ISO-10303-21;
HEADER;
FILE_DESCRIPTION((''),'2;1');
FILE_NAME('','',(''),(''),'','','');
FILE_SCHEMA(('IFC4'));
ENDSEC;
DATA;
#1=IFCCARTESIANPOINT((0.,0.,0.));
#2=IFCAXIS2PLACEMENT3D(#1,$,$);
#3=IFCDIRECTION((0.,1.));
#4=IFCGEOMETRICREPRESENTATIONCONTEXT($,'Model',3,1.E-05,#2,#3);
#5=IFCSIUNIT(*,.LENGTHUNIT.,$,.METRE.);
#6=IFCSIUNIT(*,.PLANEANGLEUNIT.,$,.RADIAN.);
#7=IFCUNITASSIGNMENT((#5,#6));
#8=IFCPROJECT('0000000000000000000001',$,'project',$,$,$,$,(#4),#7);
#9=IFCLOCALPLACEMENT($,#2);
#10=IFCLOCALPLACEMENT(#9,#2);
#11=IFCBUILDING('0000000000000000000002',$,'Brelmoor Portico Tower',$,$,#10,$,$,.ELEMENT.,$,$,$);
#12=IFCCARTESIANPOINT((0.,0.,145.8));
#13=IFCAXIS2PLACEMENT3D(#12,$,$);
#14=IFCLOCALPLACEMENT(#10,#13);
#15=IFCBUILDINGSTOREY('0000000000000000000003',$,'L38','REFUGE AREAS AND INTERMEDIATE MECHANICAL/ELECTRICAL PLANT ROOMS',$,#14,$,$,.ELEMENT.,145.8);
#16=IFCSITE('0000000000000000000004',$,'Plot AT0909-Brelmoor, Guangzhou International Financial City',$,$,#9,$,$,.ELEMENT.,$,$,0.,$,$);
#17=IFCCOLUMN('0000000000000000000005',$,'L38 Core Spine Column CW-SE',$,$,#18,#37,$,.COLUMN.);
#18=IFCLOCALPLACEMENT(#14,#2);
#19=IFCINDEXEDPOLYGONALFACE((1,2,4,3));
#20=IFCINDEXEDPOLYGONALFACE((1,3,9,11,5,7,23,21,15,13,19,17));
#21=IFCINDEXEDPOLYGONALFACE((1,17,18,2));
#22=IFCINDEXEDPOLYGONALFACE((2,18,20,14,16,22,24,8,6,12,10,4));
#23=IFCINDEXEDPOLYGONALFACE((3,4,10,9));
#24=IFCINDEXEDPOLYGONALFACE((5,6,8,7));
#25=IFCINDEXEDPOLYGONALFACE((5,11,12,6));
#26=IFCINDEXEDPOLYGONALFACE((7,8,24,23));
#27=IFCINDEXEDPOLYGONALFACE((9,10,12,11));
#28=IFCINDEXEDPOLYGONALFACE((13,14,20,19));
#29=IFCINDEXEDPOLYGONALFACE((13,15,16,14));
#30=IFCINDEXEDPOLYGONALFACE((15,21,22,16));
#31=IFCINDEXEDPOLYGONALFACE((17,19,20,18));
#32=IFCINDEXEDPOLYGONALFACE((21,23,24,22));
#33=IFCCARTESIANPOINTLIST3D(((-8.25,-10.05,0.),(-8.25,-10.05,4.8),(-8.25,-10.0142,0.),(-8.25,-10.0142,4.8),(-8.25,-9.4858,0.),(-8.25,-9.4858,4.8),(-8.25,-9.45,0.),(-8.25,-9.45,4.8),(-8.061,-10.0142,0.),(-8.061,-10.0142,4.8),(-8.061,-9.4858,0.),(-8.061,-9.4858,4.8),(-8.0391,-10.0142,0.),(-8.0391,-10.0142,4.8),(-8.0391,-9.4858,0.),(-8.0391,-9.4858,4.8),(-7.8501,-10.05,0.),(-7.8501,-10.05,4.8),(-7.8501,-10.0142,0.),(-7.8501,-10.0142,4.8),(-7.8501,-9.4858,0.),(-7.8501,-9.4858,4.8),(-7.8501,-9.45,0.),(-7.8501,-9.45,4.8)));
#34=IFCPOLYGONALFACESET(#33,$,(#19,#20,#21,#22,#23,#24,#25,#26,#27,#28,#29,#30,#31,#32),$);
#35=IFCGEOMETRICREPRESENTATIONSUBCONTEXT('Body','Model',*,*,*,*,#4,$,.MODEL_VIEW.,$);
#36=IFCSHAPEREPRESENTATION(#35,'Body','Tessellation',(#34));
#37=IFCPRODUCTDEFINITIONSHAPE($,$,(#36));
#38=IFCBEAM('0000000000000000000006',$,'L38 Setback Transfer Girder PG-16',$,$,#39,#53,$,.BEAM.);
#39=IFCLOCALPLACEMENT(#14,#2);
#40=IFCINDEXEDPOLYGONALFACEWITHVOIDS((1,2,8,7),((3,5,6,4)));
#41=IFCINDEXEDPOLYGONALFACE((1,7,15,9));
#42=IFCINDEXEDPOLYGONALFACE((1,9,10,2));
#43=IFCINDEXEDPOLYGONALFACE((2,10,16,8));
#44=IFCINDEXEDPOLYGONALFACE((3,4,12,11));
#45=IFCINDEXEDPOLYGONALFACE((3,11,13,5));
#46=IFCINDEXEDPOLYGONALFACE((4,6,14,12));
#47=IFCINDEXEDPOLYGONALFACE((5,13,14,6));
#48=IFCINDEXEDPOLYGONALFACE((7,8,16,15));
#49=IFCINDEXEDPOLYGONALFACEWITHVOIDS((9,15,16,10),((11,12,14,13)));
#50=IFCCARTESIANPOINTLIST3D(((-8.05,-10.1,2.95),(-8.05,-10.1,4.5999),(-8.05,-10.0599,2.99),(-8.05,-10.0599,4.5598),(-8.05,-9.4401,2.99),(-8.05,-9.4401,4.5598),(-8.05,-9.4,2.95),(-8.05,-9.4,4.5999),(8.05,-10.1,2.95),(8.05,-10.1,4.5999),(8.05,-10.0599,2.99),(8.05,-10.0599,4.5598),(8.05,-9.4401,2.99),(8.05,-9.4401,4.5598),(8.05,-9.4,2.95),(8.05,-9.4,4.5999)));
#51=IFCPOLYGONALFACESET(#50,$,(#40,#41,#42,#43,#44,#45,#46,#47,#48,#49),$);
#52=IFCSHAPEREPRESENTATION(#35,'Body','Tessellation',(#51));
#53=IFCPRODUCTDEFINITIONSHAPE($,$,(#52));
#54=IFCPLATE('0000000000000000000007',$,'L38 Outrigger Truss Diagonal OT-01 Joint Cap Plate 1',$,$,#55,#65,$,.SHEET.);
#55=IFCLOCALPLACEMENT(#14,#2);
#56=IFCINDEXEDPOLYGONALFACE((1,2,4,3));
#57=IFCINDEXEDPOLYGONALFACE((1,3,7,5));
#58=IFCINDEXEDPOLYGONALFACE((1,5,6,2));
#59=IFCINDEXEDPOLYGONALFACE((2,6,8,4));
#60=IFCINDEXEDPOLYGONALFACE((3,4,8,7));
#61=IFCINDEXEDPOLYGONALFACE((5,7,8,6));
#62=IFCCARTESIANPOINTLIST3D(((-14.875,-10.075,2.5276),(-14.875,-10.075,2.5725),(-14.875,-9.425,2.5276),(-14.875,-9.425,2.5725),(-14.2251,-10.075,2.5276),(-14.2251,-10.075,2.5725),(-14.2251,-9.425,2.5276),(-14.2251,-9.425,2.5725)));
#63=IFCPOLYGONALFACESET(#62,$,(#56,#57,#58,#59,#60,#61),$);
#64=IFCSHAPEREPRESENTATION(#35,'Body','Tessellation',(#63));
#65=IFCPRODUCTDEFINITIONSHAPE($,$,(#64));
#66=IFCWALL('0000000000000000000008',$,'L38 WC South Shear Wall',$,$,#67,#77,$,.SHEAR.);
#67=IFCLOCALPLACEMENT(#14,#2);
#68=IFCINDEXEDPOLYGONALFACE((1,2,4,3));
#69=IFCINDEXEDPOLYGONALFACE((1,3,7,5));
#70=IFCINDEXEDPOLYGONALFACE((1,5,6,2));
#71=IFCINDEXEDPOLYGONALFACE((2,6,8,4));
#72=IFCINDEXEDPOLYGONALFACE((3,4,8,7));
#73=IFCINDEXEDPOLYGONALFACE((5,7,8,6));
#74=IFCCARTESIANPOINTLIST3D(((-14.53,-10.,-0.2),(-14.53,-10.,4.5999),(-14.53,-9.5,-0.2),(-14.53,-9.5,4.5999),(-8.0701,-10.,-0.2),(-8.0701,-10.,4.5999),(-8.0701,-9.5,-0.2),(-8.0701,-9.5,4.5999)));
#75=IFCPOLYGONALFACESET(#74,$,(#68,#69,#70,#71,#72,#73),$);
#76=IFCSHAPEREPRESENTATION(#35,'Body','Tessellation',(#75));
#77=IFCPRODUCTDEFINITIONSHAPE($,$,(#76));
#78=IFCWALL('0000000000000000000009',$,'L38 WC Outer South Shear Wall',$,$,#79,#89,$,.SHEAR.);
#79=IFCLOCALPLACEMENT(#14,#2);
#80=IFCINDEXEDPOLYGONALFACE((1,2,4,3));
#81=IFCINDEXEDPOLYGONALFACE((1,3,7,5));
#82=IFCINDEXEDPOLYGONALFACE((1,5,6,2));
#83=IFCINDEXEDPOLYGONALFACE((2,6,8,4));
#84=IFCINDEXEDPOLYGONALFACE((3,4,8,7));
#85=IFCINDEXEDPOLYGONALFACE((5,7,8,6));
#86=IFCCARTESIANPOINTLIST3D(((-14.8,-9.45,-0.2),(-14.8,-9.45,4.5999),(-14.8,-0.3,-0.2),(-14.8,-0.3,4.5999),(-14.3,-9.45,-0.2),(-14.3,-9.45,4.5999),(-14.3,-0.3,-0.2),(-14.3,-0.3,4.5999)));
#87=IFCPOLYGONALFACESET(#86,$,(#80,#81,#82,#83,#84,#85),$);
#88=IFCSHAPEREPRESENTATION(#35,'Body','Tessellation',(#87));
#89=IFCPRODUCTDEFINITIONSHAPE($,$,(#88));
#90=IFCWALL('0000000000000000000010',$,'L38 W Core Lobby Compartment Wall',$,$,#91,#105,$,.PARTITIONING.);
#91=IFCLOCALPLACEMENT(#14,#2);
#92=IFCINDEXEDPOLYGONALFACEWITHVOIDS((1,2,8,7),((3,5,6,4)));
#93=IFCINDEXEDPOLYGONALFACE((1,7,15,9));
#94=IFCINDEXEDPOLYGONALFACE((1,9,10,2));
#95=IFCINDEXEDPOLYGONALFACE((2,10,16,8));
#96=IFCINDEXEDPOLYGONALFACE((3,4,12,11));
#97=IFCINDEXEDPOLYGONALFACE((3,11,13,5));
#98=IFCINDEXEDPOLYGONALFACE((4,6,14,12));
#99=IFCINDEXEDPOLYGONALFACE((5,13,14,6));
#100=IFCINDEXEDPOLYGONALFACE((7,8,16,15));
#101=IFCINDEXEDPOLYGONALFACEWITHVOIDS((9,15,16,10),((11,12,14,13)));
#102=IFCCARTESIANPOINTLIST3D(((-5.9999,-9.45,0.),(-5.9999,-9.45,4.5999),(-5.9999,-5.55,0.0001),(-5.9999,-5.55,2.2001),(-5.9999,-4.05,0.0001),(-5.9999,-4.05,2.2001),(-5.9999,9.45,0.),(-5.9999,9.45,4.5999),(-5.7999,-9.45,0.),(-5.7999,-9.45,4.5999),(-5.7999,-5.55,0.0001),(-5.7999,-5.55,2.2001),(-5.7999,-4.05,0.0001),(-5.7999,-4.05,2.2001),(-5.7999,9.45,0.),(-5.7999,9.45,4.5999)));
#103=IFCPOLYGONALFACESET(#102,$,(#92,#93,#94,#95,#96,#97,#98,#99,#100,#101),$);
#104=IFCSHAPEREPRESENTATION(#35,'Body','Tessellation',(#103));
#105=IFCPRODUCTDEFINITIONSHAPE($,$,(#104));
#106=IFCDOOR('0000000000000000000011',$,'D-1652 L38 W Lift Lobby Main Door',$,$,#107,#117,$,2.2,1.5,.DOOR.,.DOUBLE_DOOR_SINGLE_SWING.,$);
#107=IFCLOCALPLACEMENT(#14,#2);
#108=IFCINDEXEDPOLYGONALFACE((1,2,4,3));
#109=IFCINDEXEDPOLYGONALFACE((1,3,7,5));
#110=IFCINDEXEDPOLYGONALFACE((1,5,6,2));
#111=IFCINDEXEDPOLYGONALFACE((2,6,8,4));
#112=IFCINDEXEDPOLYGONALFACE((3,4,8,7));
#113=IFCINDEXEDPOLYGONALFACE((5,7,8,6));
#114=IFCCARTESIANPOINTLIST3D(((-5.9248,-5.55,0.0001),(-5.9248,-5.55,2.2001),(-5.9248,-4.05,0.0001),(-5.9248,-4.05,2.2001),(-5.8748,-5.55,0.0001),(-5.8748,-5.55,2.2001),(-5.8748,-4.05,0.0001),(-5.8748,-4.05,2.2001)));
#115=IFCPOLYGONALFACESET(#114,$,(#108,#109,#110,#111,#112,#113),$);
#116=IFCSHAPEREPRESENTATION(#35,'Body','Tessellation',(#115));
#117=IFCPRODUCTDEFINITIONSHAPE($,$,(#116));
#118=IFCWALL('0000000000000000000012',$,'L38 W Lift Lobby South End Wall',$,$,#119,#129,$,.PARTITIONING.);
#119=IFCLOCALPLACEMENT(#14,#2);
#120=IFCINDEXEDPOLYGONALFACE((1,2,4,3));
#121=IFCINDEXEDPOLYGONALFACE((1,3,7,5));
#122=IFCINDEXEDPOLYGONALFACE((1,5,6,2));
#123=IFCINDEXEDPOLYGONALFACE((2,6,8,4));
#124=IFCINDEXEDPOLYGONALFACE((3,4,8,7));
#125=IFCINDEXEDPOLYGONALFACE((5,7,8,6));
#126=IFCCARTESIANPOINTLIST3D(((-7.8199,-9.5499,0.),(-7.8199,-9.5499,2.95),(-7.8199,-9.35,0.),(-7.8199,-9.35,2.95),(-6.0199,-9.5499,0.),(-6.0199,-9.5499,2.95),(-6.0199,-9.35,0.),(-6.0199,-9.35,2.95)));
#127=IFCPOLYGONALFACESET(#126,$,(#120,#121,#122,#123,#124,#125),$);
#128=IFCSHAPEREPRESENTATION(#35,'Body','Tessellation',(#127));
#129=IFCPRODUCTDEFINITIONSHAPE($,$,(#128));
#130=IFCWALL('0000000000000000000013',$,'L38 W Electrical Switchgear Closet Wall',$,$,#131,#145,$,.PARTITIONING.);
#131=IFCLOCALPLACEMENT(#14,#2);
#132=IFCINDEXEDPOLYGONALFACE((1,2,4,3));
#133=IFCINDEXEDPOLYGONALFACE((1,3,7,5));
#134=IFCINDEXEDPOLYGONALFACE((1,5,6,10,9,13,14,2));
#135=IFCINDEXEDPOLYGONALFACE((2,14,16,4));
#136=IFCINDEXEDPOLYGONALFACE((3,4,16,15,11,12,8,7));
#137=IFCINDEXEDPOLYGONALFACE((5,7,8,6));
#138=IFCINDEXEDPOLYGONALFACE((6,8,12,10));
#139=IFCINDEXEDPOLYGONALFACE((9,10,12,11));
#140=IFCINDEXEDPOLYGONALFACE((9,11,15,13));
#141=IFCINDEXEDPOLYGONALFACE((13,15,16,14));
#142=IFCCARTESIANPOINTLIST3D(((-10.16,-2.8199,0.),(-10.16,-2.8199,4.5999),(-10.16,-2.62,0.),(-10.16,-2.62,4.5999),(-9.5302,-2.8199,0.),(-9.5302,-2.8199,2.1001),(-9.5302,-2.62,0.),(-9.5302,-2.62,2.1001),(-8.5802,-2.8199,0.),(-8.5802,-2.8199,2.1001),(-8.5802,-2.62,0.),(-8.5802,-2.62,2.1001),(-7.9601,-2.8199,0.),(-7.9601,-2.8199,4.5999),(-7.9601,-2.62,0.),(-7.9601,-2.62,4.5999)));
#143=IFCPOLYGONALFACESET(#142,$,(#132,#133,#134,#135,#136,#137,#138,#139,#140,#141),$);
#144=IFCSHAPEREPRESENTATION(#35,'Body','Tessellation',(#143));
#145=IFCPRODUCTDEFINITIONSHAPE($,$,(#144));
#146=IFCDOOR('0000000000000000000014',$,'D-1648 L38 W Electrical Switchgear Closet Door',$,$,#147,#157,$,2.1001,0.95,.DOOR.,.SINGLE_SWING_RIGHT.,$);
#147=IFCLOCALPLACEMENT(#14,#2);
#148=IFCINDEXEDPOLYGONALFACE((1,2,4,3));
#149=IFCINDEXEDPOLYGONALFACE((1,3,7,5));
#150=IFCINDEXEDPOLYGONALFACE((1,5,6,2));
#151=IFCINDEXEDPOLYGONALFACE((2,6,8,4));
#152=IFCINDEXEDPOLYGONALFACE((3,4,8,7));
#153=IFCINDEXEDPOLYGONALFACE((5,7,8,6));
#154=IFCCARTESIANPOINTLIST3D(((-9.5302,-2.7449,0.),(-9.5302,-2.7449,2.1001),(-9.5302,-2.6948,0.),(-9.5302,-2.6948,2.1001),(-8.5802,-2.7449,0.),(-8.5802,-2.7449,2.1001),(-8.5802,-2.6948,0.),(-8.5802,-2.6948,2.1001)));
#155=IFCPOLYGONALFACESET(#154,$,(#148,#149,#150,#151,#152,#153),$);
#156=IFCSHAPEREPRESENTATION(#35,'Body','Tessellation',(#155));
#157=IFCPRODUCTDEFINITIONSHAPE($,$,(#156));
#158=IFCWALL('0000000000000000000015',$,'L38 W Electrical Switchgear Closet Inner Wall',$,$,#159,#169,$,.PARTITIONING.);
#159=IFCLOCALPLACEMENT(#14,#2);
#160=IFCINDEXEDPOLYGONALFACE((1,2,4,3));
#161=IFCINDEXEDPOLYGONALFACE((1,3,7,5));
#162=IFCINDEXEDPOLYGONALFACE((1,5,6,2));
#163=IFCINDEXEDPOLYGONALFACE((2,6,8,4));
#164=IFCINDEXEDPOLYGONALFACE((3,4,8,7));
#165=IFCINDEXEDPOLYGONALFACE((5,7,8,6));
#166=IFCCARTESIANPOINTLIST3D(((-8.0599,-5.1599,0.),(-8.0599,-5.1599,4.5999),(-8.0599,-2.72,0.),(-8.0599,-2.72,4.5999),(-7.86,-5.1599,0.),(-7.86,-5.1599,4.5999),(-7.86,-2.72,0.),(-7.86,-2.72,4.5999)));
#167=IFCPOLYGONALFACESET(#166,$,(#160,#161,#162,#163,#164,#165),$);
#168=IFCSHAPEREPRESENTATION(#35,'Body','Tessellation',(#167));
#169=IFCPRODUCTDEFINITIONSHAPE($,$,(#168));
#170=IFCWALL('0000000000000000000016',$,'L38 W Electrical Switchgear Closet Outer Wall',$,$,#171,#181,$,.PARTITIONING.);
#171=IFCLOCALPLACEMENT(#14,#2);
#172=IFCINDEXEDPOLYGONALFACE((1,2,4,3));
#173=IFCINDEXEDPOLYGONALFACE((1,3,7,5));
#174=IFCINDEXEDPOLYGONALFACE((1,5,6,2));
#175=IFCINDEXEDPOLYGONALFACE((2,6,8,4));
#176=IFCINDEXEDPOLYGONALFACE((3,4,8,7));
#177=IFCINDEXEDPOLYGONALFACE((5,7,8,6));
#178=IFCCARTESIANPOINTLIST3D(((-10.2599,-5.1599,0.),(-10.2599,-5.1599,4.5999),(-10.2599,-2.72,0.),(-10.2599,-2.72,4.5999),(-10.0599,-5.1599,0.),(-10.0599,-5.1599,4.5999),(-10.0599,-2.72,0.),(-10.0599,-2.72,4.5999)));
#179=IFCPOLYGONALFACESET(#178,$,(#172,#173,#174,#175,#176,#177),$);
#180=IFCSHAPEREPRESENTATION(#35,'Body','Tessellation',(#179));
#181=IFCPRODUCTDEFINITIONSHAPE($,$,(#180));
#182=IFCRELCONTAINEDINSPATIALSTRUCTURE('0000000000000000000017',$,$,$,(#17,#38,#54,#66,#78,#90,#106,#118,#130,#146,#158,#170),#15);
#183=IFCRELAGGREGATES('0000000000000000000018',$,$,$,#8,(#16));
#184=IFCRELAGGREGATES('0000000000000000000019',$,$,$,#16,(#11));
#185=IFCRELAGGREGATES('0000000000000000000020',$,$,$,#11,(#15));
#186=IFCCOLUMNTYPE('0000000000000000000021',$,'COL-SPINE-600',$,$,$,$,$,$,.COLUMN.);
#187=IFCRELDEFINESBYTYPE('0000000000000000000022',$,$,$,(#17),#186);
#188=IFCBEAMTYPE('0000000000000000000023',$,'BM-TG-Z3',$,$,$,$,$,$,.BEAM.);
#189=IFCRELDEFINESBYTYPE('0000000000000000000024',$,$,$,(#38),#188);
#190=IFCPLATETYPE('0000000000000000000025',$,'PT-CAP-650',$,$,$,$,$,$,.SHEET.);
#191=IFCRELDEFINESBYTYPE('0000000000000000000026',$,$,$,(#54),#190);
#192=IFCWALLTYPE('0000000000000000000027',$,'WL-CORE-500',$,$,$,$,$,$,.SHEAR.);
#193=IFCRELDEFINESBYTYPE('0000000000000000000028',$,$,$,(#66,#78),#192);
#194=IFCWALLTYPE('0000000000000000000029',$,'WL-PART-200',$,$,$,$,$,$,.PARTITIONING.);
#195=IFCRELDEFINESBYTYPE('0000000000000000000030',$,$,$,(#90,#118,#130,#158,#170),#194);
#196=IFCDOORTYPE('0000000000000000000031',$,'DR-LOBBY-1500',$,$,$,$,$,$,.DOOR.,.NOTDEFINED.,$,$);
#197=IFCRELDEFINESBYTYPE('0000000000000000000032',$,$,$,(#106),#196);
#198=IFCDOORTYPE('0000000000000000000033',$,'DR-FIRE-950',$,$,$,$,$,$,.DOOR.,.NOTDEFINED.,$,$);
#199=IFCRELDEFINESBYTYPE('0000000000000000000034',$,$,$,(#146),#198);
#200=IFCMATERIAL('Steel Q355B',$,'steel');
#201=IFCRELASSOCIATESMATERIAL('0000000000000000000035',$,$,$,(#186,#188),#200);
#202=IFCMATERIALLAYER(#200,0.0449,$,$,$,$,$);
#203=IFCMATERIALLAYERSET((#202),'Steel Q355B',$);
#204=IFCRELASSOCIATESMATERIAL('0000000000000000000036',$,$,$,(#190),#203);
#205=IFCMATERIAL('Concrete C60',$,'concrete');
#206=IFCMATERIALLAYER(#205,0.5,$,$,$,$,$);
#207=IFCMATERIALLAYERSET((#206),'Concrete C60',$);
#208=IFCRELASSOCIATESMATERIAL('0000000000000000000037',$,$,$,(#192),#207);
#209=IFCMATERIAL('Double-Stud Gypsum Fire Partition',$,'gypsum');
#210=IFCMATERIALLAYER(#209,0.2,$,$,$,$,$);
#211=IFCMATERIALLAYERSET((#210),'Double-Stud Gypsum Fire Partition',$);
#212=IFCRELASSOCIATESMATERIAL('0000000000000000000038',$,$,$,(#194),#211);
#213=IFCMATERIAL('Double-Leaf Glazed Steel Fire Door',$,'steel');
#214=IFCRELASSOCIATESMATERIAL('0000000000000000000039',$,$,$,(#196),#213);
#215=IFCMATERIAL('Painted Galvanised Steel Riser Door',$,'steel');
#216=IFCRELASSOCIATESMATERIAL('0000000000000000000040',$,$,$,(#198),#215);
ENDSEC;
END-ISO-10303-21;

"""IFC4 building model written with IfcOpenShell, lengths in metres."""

from ifc_helpers import new_model, si_unit, direction, frame, frame_2d, origin, origin_2d, place, context, subcontext, project, spatial, rectangle, hollow_rectangle, i_section, extrude, material, layer, layer_set, material_profile, profile_set, type_object, element, fill, save


model = new_model("IFC4")

# Units and contexts
model_context = context("Model", 3, precision=1e-05, world=origin(), true_north=direction((0.0, 1.0)))
body_context = subcontext(model_context, "Body", "Model", "MODEL_VIEW")
ifc_project = project(units=[si_unit("LENGTHUNIT", "METRE"), si_unit("PLANEANGLEUNIT", "RADIAN")], contexts=[model_context])

# Site, building, storey
site_placement = place(None, origin())
site = spatial("IfcSite", under=ifc_project, at=site_placement, Name="Plot AT0909-Brelmoor, Guangzhou International Financial City", CompositionType="ELEMENT", RefElevation=0.0)
building_placement = place(site_placement, origin())
building = spatial("IfcBuilding", under=site, at=building_placement, Name="Brelmoor Portico Tower", CompositionType="ELEMENT")
storey_placement = place(building_placement, frame((0.0, 0.0, 145.8)))
storey = spatial("IfcBuildingStorey", under=building, at=storey_placement, Name="L38", Description="REFUGE AREAS AND INTERMEDIATE MECHANICAL/ELECTRICAL PLANT ROOMS", CompositionType="ELEMENT", Elevation=145.8)

# Column
ifc_material_1 = material(Name="Steel Q355B", Category="steel")
ifc_material_profile_1 = material_profile(ifc_material_1, i_section(OverallWidth=0.3999, OverallDepth=0.6001, WebThickness=0.022, FlangeThickness=0.0359, at=origin_2d()), Name="HW 600x400x22x36")
ifc_profile_set_1 = profile_set([ifc_material_profile_1], Name="Steel Q355B")
column_type = type_object("IfcColumnType", Name="COL-SPINE-600", PredefinedType="COLUMN", material=ifc_profile_set_1)
column_placement = place(storey_placement, frame((-8.05, -9.75, 0.0), z_axis=(0.0, 0.0, 1.0), x_axis=(1.0, 0.0, 0.0)))
element("IfcColumn", 1, at=column_placement, inside=storey, type_object=column_type, Name="L38 Core Spine Column CW-SE", PredefinedType="COLUMN", context=body_context, shape_type="SweptSolid", body=[
    extrude(i_section(OverallWidth=0.3999, OverallDepth=0.6001, WebThickness=0.022, FlangeThickness=0.0359, at=origin_2d()), origin(), (0.0, 0.0, 1.0), 4.8),
])

# Beam
ifc_material_profile_2 = material_profile(ifc_material_1, hollow_rectangle(XDim=0.7, YDim=1.6499, WallThickness=0.04, at=origin_2d()), Name="BOX 700x1650x40")
ifc_profile_set_2 = profile_set([ifc_material_profile_2], Name="Steel Q355B")
beam_type = type_object("IfcBeamType", Name="BM-TG-Z3", PredefinedType="BEAM", material=ifc_profile_set_2)
beam_placement = place(storey_placement, frame((-8.05, -9.75, 3.7749), z_axis=(1.0, 0.0, 0.0), x_axis=(0.0, 1.0, 0.0)))
element("IfcBeam", 2, at=beam_placement, inside=storey, type_object=beam_type, Name="L38 Setback Transfer Girder PG-16", PredefinedType="BEAM", context=body_context, shape_type="SweptSolid", body=[
    extrude(hollow_rectangle(XDim=0.7, YDim=1.6499, WallThickness=0.04, at=origin_2d()), origin(), (0.0, 0.0, 1.0), 16.1001),
])

# Plate
ifc_layer_1 = layer(ifc_material_1, 0.0449)
ifc_layer_set_1 = layer_set([ifc_layer_1], Name="Steel Q355B")
plate_type = type_object("IfcPlateType", Name="PT-CAP-650", PredefinedType="SHEET", material=ifc_layer_set_1)
plate_placement = place(storey_placement, frame((-14.55, -9.75, 2.5276), z_axis=(0.0, 0.0, 1.0), x_axis=(1.0, 0.0, 0.0)))
element("IfcPlate", 3, at=plate_placement, inside=storey, type_object=plate_type, Name="L38 Outrigger Truss Diagonal OT-01 Joint Cap Plate 1", PredefinedType="SHEET", context=body_context, shape_type="SweptSolid", body=[
    extrude(rectangle(XDim=0.6499, YDim=0.6499, at=origin_2d()), origin(), (0.0, 0.0, 1.0), 0.0449),
])

# Walls
ifc_material_2 = material(Name="Concrete C60", Category="concrete")
ifc_layer_2 = layer(ifc_material_2, 0.5)
ifc_layer_set_2 = layer_set([ifc_layer_2], Name="Concrete C60")
wall_type_1 = type_object("IfcWallType", Name="WL-CORE-500", PredefinedType="SHEAR", material=ifc_layer_set_2)
wall_1_placement = place(storey_placement, frame((-14.53, -9.75, -0.2), z_axis=(0.0, 0.0, 1.0), x_axis=(1.0, 0.0, 0.0)))
element("IfcWall", 4, at=wall_1_placement, inside=storey, type_object=wall_type_1, Name="L38 WC South Shear Wall", PredefinedType="SHEAR", context=body_context, shape_type="SweptSolid", body=[
    extrude(rectangle(XDim=6.46, YDim=0.5, at=frame_2d((3.23, 0.0))), origin(), (0.0, 0.0, 1.0), 4.7998),
])
wall_2_placement = place(storey_placement, frame((-14.55, -9.45, -0.2), z_axis=(0.0, 0.0, 1.0), x_axis=(0.0, 1.0, 0.0)))
element("IfcWall", 5, at=wall_2_placement, inside=storey, type_object=wall_type_1, Name="L38 WC Outer South Shear Wall", PredefinedType="SHEAR", context=body_context, shape_type="SweptSolid", body=[
    extrude(rectangle(XDim=9.1499, YDim=0.5, at=frame_2d((4.575, 0.0))), origin(), (0.0, 0.0, 1.0), 4.7998),
])

# Wall, opening, door
ifc_material_3 = material(Name="Double-Stud Gypsum Fire Partition", Category="gypsum")
ifc_layer_3 = layer(ifc_material_3, 0.2)
ifc_layer_set_3 = layer_set([ifc_layer_3], Name="Double-Stud Gypsum Fire Partition")
wall_type_2 = type_object("IfcWallType", Name="WL-PART-200", PredefinedType="PARTITIONING", material=ifc_layer_set_3)
wall_3_placement = place(storey_placement, frame((-5.8999, -9.45, 0.0), z_axis=(0.0, 0.0, 1.0), x_axis=(0.0, 1.0, 0.0)))
wall_3 = element("IfcWall", 6, at=wall_3_placement, inside=storey, type_object=wall_type_2, Name="L38 W Core Lobby Compartment Wall", PredefinedType="PARTITIONING", context=body_context, shape_type="SweptSolid", body=[
    extrude(rectangle(XDim=18.8999, YDim=0.2, at=frame_2d((9.45, 0.0))), origin(), (0.0, 0.0, 1.0), 4.5999),
])
opening_1_placement = place(wall_3_placement, frame((3.8999, 0.0, 0.0)))
opening_1 = element("IfcOpeningElement", 7, at=opening_1_placement, cuts=wall_3, PredefinedType="OPENING", context=body_context, shape_type="SweptSolid", body=[
    extrude(rectangle(XDim=1.5, YDim=2.2, at=frame_2d((0.75, 1.1001))), frame((0.0, 0.1099, 0.0), z_axis=(0.0, -1.0, 0.0), x_axis=(1.0, 0.0, 0.0)), (0.0, 0.0, 1.0), 0.22),
])
ifc_material_4 = material(Name="Double-Leaf Glazed Steel Fire Door", Category="steel")
door_type_1 = type_object("IfcDoorType", Name="DR-LOBBY-1500", OperationType="NOTDEFINED", PredefinedType="DOOR", material=ifc_material_4)
door_1_placement = place(opening_1_placement, origin())
door_1 = element("IfcDoor", 8, at=door_1_placement, inside=storey, type_object=door_type_1, Name="D-1652 L38 W Lift Lobby Main Door", OperationType="DOUBLE_DOOR_SINGLE_SWING", OverallHeight=2.2, OverallWidth=1.5, PredefinedType="DOOR", context=body_context, shape_type="SweptSolid", body=[
    extrude(rectangle(XDim=1.5, YDim=2.2, at=frame_2d((0.75, 1.1001))), frame((0.0, 0.0249, 0.0), z_axis=(0.0, -1.0, 0.0), x_axis=(1.0, 0.0, 0.0)), (0.0, 0.0, 1.0), 0.05),
])
fill(opening_1, door_1)

# Wall
wall_4_placement = place(storey_placement, frame((-6.02, -9.45, 0.0), z_axis=(0.0, 0.0, 1.0), x_axis=(-1.0, 0.0, 0.0)))
element("IfcWall", 9, at=wall_4_placement, inside=storey, type_object=wall_type_2, Name="L38 W Lift Lobby South End Wall", PredefinedType="PARTITIONING", context=body_context, shape_type="SweptSolid", body=[
    extrude(rectangle(XDim=1.8, YDim=0.2, at=frame_2d((0.8999, 0.0))), origin(), (0.0, 0.0, 1.0), 2.95),
])

# Wall, opening, door
wall_5_placement = place(storey_placement, frame((-7.96, -2.72, 0.0), z_axis=(0.0, 0.0, 1.0), x_axis=(-1.0, 0.0, 0.0)))
wall_5 = element("IfcWall", 10, at=wall_5_placement, inside=storey, type_object=wall_type_2, Name="L38 W Electrical Switchgear Closet Wall", PredefinedType="PARTITIONING", context=body_context, shape_type="SweptSolid", body=[
    extrude(rectangle(XDim=2.2, YDim=0.2, at=frame_2d((1.1001, 0.0))), origin(), (0.0, 0.0, 1.0), 4.5999),
])
opening_2_placement = place(wall_5_placement, frame((0.6201, 0.0, 0.0)))
opening_2 = element("IfcOpeningElement", 11, at=opening_2_placement, cuts=wall_5, PredefinedType="OPENING", context=body_context, shape_type="SweptSolid", body=[
    extrude(rectangle(XDim=0.95, YDim=2.1001, at=frame_2d((0.4751, 1.05))), frame((0.0, 0.1099, 0.0), z_axis=(0.0, -1.0, 0.0), x_axis=(1.0, 0.0, 0.0)), (0.0, 0.0, 1.0), 0.22),
])
ifc_material_5 = material(Name="Painted Galvanised Steel Riser Door", Category="steel")
door_type_2 = type_object("IfcDoorType", Name="DR-FIRE-950", OperationType="NOTDEFINED", PredefinedType="DOOR", material=ifc_material_5)
door_2_placement = place(opening_2_placement, origin())
door_2 = element("IfcDoor", 12, at=door_2_placement, inside=storey, type_object=door_type_2, Name="D-1648 L38 W Electrical Switchgear Closet Door", OperationType="SINGLE_SWING_RIGHT", OverallHeight=2.1001, OverallWidth=0.95, PredefinedType="DOOR", context=body_context, shape_type="SweptSolid", body=[
    extrude(rectangle(XDim=0.95, YDim=2.1001, at=frame_2d((0.4751, 1.05))), frame((0.0, 0.0249, 0.0), z_axis=(0.0, -1.0, 0.0), x_axis=(1.0, 0.0, 0.0)), (0.0, 0.0, 1.0), 0.05),
])
fill(opening_2, door_2)

# Walls
for number, where, z_axis, x_axis, name in (
    (13, (-7.96, -5.1599, 0.0), (0.0, 0.0, 1.0), (0.0, 1.0, 0.0), "L38 W Electrical Switchgear Closet Inner Wall"),
    (14, (-10.1599, -5.1599, 0.0), (0.0, 0.0, 1.0), (0.0, 1.0, 0.0), "L38 W Electrical Switchgear Closet Outer Wall"),
):
    element("IfcWall", number, at=place(storey_placement, frame(where, z_axis=z_axis, x_axis=x_axis)), inside=storey, type_object=wall_type_2, Name=name, PredefinedType="PARTITIONING", context=body_context, shape_type="SweptSolid", body=[
        extrude(rectangle(XDim=2.4399, YDim=0.2, at=frame_2d((1.22, 0.0))), origin(), (0.0, 0.0, 1.0), 4.5999),
    ])

save(model, "model.ifc")
